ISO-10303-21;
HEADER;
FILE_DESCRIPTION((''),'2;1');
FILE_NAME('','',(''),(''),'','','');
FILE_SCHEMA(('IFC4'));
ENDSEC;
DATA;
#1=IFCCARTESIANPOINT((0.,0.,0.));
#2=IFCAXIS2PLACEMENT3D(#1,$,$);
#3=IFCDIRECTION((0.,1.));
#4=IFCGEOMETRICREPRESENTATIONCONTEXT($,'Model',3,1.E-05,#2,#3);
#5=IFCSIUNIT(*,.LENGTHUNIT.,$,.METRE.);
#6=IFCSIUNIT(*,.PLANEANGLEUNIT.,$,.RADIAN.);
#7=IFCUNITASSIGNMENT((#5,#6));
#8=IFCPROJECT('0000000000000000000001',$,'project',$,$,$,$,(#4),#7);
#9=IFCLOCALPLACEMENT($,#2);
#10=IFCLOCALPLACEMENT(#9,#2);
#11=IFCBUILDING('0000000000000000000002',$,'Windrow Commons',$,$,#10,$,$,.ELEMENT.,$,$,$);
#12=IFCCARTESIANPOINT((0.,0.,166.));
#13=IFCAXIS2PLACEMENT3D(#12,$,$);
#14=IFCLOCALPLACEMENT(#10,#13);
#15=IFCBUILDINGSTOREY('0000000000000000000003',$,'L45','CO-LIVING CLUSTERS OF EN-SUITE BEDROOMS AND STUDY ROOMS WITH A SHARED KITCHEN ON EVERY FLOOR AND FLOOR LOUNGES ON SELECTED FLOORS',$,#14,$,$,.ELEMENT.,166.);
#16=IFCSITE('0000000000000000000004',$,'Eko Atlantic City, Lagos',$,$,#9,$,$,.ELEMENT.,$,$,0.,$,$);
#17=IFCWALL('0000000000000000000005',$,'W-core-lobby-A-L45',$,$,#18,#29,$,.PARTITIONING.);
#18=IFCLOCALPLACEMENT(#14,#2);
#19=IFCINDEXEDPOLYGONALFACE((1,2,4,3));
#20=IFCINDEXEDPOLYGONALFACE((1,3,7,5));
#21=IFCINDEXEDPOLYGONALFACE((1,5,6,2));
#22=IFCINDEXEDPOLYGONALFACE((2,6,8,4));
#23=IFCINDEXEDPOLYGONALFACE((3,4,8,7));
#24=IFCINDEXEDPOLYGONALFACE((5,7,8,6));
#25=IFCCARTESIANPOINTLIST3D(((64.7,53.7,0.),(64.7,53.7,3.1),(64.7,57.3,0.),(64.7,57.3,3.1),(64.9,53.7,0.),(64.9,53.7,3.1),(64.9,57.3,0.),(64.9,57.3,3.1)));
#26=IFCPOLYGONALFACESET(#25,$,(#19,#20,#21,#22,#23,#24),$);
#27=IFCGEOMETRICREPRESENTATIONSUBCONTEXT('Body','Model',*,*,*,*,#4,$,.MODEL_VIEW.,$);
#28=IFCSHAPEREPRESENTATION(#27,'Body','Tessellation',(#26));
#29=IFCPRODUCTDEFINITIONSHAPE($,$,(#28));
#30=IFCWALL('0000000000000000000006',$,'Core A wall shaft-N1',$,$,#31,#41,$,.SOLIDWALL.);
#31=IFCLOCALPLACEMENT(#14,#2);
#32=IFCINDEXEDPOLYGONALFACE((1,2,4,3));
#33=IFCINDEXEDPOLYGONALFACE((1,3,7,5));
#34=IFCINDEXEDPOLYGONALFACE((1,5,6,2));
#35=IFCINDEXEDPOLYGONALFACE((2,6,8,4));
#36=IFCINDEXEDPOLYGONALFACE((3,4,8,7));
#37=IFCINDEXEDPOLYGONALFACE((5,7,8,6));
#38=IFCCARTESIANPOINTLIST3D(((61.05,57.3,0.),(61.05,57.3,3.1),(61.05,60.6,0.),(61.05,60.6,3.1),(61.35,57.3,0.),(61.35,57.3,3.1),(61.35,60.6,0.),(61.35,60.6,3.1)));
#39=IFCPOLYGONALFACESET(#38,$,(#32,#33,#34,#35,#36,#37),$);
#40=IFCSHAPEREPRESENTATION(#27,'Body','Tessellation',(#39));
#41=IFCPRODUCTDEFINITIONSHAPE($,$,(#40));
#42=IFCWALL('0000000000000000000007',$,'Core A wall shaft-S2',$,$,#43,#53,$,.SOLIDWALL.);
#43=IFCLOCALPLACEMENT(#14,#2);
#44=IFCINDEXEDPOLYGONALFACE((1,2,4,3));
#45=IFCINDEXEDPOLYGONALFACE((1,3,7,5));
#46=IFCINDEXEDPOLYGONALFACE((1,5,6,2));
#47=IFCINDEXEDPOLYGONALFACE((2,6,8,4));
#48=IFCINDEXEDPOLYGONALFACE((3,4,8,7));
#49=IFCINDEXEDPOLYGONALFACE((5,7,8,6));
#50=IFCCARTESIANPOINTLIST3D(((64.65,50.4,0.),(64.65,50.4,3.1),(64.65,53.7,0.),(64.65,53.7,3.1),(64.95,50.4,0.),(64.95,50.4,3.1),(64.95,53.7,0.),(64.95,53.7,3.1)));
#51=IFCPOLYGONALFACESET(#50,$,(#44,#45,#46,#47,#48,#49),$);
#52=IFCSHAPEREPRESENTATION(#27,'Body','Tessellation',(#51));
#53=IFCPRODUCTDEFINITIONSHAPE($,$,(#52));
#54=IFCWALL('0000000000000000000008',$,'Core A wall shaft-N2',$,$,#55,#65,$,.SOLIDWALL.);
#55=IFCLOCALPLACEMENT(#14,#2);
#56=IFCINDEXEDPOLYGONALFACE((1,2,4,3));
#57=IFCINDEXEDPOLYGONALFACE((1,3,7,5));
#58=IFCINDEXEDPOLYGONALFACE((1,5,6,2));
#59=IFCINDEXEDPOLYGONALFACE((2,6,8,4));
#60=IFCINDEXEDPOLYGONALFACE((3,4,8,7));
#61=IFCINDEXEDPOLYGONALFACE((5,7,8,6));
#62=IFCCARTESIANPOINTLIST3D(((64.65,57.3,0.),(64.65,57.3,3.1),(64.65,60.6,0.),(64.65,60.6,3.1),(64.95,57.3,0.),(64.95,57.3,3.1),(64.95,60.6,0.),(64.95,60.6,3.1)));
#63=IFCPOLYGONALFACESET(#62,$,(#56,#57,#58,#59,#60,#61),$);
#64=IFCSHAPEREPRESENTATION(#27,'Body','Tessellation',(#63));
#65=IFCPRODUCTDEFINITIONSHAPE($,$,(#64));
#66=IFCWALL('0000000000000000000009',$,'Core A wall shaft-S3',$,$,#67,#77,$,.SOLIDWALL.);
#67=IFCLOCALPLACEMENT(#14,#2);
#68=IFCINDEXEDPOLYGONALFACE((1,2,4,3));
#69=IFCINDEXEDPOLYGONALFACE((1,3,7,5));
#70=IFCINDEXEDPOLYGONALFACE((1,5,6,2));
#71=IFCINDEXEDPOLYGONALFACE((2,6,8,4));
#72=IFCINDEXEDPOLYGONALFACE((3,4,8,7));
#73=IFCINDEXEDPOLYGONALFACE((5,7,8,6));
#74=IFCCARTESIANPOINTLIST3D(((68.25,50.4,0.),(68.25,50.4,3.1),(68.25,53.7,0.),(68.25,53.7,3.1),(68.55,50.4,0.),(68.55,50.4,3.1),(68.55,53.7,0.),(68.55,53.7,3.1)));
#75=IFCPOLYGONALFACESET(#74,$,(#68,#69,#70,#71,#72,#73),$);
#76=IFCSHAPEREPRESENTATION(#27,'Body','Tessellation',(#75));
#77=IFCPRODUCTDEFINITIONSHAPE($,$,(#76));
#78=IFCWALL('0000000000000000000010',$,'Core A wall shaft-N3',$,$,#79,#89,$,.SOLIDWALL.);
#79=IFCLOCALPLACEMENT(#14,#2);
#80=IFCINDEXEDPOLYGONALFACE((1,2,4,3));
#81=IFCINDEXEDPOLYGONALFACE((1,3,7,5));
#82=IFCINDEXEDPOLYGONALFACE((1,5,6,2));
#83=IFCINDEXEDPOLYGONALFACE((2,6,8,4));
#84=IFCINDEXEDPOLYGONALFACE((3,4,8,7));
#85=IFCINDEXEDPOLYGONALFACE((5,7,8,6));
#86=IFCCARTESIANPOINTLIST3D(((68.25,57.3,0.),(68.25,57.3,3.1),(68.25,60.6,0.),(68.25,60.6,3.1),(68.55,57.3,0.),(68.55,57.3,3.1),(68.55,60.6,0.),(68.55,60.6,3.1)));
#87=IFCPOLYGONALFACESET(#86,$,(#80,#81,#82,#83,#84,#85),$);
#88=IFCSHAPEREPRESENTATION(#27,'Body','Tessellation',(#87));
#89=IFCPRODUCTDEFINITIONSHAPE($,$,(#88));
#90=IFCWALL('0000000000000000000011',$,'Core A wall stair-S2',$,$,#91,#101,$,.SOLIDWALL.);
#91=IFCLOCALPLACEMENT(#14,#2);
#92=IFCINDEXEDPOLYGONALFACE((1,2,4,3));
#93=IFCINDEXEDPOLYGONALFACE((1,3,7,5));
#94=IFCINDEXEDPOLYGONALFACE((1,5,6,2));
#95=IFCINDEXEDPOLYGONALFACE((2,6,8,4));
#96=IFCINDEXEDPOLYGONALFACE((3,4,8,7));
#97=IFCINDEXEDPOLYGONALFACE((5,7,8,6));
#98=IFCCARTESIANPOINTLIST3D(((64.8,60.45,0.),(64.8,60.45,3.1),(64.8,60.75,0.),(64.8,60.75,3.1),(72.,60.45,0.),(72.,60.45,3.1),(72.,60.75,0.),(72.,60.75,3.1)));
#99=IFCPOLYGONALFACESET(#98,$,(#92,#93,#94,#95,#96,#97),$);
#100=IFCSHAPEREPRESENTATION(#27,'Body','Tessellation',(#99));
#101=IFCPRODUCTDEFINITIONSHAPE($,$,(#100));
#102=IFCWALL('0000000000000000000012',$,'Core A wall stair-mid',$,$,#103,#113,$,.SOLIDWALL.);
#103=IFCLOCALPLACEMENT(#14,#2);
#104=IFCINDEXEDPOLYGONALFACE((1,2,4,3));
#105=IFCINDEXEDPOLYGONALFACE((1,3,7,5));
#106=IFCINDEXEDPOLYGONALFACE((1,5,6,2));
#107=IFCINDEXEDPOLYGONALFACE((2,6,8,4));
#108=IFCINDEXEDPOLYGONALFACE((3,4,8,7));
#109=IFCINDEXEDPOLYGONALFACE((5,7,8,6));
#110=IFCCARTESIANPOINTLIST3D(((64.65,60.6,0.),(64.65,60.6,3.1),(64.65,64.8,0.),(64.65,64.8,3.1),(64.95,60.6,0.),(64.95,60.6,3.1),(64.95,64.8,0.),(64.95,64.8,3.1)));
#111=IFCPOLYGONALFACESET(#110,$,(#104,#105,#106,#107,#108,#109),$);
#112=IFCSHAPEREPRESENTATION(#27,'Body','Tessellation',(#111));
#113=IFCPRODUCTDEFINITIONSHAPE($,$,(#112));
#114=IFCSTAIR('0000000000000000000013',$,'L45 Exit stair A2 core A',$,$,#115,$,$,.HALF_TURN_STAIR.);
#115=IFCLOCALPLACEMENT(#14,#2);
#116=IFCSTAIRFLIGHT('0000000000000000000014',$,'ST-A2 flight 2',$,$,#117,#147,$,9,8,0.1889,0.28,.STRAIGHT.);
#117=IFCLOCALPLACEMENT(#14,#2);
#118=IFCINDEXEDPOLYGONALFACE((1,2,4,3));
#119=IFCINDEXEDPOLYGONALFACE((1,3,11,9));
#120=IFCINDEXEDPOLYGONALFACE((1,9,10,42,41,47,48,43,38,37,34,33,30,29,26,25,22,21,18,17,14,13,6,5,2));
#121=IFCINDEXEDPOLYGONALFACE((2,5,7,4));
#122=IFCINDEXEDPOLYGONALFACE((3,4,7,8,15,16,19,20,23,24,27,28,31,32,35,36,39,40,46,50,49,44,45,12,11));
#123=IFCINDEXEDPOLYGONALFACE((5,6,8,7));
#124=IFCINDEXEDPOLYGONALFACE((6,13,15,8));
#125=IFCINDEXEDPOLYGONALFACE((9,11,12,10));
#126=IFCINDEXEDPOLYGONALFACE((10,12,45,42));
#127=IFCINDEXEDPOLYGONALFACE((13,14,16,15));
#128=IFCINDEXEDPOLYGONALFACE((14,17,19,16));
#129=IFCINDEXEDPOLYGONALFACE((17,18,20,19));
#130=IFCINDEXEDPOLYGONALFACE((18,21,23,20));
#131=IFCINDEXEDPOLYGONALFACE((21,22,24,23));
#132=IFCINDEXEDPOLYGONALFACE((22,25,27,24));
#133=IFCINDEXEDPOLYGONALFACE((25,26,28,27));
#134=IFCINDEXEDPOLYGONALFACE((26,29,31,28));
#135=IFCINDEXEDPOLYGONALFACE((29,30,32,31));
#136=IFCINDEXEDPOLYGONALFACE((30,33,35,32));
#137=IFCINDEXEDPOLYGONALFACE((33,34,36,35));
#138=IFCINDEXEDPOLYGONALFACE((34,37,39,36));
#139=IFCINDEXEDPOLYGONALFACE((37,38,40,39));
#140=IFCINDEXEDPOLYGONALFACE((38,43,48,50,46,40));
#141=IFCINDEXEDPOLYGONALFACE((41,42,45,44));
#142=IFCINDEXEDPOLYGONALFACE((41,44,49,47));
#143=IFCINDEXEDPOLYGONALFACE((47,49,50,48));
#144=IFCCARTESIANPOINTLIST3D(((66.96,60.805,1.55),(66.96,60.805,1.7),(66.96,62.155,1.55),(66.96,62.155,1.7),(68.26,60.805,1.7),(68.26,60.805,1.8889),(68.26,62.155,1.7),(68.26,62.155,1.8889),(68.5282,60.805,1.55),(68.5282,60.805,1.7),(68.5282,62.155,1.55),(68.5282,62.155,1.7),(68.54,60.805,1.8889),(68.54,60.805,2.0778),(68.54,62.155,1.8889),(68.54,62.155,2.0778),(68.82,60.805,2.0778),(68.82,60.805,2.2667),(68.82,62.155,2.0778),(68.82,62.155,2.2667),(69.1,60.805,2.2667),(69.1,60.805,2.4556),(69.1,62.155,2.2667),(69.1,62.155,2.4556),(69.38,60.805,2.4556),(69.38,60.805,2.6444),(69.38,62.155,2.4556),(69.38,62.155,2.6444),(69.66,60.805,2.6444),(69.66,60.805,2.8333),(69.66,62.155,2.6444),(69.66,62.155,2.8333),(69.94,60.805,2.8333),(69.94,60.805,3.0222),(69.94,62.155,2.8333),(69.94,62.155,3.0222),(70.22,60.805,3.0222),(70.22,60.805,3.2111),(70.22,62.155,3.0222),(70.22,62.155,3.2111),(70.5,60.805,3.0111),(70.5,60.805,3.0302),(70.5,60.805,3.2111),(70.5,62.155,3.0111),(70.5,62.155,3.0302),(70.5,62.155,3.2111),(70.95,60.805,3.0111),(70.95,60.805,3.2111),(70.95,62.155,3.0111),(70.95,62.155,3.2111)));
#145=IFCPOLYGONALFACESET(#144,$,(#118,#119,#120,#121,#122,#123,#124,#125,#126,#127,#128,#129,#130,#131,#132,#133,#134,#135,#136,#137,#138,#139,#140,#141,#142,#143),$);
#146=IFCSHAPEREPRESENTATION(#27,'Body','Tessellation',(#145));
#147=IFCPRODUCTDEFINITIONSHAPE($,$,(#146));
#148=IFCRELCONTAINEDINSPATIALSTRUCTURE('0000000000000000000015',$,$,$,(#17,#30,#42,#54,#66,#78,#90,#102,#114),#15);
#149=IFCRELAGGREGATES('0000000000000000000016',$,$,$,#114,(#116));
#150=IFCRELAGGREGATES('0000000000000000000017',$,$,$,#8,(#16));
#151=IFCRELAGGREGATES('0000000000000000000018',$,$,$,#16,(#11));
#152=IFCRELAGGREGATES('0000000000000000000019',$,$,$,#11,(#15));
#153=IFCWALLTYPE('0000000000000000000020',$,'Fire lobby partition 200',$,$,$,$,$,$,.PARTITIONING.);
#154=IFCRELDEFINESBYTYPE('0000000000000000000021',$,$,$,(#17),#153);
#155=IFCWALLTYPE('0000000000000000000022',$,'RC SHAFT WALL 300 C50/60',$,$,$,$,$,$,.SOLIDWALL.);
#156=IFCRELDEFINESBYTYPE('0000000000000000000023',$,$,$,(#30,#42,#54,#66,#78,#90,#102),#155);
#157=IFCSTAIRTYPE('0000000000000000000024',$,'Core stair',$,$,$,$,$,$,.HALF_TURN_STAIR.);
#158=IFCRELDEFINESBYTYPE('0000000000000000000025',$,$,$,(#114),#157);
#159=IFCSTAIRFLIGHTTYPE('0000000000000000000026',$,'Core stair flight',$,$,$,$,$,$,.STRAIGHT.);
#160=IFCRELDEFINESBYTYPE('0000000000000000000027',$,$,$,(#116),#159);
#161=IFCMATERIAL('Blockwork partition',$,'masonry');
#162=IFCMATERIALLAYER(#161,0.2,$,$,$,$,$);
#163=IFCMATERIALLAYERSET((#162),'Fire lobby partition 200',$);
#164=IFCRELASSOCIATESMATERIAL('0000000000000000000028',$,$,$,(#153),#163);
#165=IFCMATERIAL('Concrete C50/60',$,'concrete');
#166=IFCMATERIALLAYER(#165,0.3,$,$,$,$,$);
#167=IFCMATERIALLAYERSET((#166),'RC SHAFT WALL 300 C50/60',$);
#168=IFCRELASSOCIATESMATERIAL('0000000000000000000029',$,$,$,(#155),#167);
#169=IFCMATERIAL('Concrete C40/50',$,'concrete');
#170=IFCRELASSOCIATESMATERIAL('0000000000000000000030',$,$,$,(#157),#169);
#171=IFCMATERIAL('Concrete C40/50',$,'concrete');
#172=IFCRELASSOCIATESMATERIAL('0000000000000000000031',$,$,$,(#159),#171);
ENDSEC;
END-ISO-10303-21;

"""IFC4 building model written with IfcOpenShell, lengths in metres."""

from ifc_helpers import new_model, si_unit, direction, frame, frame_2d, origin, place, context, subcontext, project, spatial, polyline, rectangle, outline, extrude, material, layer, layer_set, type_object, element, aggregate, save


model = new_model("IFC4")

# Units and contexts
model_context = context("Model", 3, precision=1e-05, world=origin(), true_north=direction((0.0, 1.0)))
body_context = subcontext(model_context, "Body", "Model", "MODEL_VIEW")
ifc_project = project(units=[si_unit("LENGTHUNIT", "METRE"), si_unit("PLANEANGLEUNIT", "RADIAN")], contexts=[model_context])

# Site, building, storey
site_placement = place(None, origin())
site = spatial("IfcSite", under=ifc_project, at=site_placement, Name="Eko Atlantic City, Lagos", CompositionType="ELEMENT", RefElevation=0.0)
building_placement = place(site_placement, origin())
building = spatial("IfcBuilding", under=site, at=building_placement, Name="Windrow Commons", CompositionType="ELEMENT")
storey_placement = place(building_placement, frame((0.0, 0.0, 166.0)))
storey = spatial("IfcBuildingStorey", under=building, at=storey_placement, Name="L45", Description="CO-LIVING CLUSTERS OF EN-SUITE BEDROOMS AND STUDY ROOMS WITH A SHARED KITCHEN ON EVERY FLOOR AND FLOOR LOUNGES ON SELECTED FLOORS", CompositionType="ELEMENT", Elevation=166.0)

# Walls
ifc_material_1 = material(Name="Blockwork partition", Category="masonry")
ifc_layer_1 = layer(ifc_material_1, 0.2)
ifc_layer_set_1 = layer_set([ifc_layer_1], Name="Fire lobby partition 200")
wall_type_1 = type_object("IfcWallType", Name="Fire lobby partition 200", PredefinedType="PARTITIONING", material=ifc_layer_set_1)
wall_1_placement = place(storey_placement, frame((64.8, 53.7, 0.0), z_axis=(0.0, 0.0, 1.0), x_axis=(0.0, 1.0, 0.0)))
element("IfcWall", 1, at=wall_1_placement, inside=storey, type_object=wall_type_1, Name="W-core-lobby-A-L45", PredefinedType="PARTITIONING", context=body_context, shape_type="SweptSolid", body=[
    extrude(rectangle(XDim=3.6, YDim=0.2, at=frame_2d((1.8, 0.0))), origin(), (0.0, 0.0, 1.0), 3.1),
])
ifc_material_2 = material(Name="Concrete C50/60", Category="concrete")
ifc_layer_2 = layer(ifc_material_2, 0.3)
ifc_layer_set_2 = layer_set([ifc_layer_2], Name="RC SHAFT WALL 300 C50/60")
wall_type_2 = type_object("IfcWallType", Name="RC SHAFT WALL 300 C50/60", PredefinedType="SOLIDWALL", material=ifc_layer_set_2)
for number, where, z_axis, x_axis, name in (
    (2, (61.2, 57.3, 0.0), (0.0, 0.0, 1.0), (0.0, 1.0, 0.0), "Core A wall shaft-N1"),
    (3, (64.8, 50.4, 0.0), (0.0, 0.0, 1.0), (0.0, 1.0, 0.0), "Core A wall shaft-S2"),
    (4, (64.8, 57.3, 0.0), (0.0, 0.0, 1.0), (0.0, 1.0, 0.0), "Core A wall shaft-N2"),
    (5, (68.4, 50.4, 0.0), (0.0, 0.0, 1.0), (0.0, 1.0, 0.0), "Core A wall shaft-S3"),
    (6, (68.4, 57.3, 0.0), (0.0, 0.0, 1.0), (0.0, 1.0, 0.0), "Core A wall shaft-N3"),
):
    element("IfcWall", number, at=place(storey_placement, frame(where, z_axis=z_axis, x_axis=x_axis)), inside=storey, type_object=wall_type_2, Name=name, PredefinedType="SOLIDWALL", context=body_context, shape_type="SweptSolid", body=[
        extrude(rectangle(XDim=3.3, YDim=0.3, at=frame_2d((1.65, 0.0))), origin(), (0.0, 0.0, 1.0), 3.1),
    ])
wall_2_placement = place(storey_placement, frame((64.8, 60.6, 0.0), z_axis=(0.0, 0.0, 1.0), x_axis=(1.0, 0.0, 0.0)))
element("IfcWall", 7, at=wall_2_placement, inside=storey, type_object=wall_type_2, Name="Core A wall stair-S2", PredefinedType="SOLIDWALL", context=body_context, shape_type="SweptSolid", body=[
    extrude(rectangle(XDim=7.2, YDim=0.3, at=frame_2d((3.6, 0.0))), origin(), (0.0, 0.0, 1.0), 3.1),
])
wall_3_placement = place(storey_placement, frame((64.8, 60.6, 0.0), z_axis=(0.0, 0.0, 1.0), x_axis=(0.0, 1.0, 0.0)))
element("IfcWall", 8, at=wall_3_placement, inside=storey, type_object=wall_type_2, Name="Core A wall stair-mid", PredefinedType="SOLIDWALL", context=body_context, shape_type="SweptSolid", body=[
    extrude(rectangle(XDim=4.2, YDim=0.3, at=frame_2d((2.1, 0.0))), origin(), (0.0, 0.0, 1.0), 3.1),
])

# Stair, stair flight
ifc_material_3 = material(Name="Concrete C40/50", Category="concrete")
stair_type = type_object("IfcStairType", Name="Core stair", PredefinedType="HALF_TURN_STAIR", material=ifc_material_3)
stair_placement = place(storey_placement, origin())
stair = element("IfcStair", 9, at=stair_placement, inside=storey, type_object=stair_type, Name="L45 Exit stair A2 core A", PredefinedType="HALF_TURN_STAIR")
ifc_material_4 = material(Name="Concrete C40/50", Category="concrete")
stair_flight_type = type_object("IfcStairFlightType", Name="Core stair flight", PredefinedType="STRAIGHT", material=ifc_material_4)
stair_flight_placement = place(storey_placement, frame((68.26, 61.48, 1.7), z_axis=(0.0, 0.0, 1.0), x_axis=(1.0, 0.0, 0.0)))
stair_flight = element("IfcStairFlight", 10, at=stair_flight_placement, type_object=stair_flight_type, Name="ST-A2 flight 2", NumberOfRisers=9, NumberOfTreads=8, PredefinedType="STRAIGHT", RiserHeight=0.1889, TreadLength=0.28, context=body_context, shape_type="SweptSolid", body=[
    extrude(outline(polyline([(-1.3, -0.15), (-1.3, 0.0), (0.0, 0.0), (0.0, 0.1889), (0.28, 0.1889), (0.28, 0.3778), (0.56, 0.3778), (0.56, 0.5667), (0.84, 0.5667), (0.84, 0.7556), (1.12, 0.7556), (1.12, 0.9444), (1.4, 0.9444), (1.4, 1.1333), (1.68, 1.1333), (1.68, 1.3222), (1.96, 1.3222), (1.96, 1.5111), (2.24, 1.5111), (2.69, 1.5111), (2.69, 1.3111), (2.24, 1.3111), (2.24, 1.3302), (0.2682, 0.0), (0.2682, -0.15), (-1.3, -0.15)])), frame((0.0, 0.675, 0.0), z_axis=(0.0, -1.0, 0.0), x_axis=(1.0, 0.0, 0.0)), (0.0, 0.0, 1.0), 1.35),
])
aggregate(stair, [stair_flight])

save(model, "model.ifc")
